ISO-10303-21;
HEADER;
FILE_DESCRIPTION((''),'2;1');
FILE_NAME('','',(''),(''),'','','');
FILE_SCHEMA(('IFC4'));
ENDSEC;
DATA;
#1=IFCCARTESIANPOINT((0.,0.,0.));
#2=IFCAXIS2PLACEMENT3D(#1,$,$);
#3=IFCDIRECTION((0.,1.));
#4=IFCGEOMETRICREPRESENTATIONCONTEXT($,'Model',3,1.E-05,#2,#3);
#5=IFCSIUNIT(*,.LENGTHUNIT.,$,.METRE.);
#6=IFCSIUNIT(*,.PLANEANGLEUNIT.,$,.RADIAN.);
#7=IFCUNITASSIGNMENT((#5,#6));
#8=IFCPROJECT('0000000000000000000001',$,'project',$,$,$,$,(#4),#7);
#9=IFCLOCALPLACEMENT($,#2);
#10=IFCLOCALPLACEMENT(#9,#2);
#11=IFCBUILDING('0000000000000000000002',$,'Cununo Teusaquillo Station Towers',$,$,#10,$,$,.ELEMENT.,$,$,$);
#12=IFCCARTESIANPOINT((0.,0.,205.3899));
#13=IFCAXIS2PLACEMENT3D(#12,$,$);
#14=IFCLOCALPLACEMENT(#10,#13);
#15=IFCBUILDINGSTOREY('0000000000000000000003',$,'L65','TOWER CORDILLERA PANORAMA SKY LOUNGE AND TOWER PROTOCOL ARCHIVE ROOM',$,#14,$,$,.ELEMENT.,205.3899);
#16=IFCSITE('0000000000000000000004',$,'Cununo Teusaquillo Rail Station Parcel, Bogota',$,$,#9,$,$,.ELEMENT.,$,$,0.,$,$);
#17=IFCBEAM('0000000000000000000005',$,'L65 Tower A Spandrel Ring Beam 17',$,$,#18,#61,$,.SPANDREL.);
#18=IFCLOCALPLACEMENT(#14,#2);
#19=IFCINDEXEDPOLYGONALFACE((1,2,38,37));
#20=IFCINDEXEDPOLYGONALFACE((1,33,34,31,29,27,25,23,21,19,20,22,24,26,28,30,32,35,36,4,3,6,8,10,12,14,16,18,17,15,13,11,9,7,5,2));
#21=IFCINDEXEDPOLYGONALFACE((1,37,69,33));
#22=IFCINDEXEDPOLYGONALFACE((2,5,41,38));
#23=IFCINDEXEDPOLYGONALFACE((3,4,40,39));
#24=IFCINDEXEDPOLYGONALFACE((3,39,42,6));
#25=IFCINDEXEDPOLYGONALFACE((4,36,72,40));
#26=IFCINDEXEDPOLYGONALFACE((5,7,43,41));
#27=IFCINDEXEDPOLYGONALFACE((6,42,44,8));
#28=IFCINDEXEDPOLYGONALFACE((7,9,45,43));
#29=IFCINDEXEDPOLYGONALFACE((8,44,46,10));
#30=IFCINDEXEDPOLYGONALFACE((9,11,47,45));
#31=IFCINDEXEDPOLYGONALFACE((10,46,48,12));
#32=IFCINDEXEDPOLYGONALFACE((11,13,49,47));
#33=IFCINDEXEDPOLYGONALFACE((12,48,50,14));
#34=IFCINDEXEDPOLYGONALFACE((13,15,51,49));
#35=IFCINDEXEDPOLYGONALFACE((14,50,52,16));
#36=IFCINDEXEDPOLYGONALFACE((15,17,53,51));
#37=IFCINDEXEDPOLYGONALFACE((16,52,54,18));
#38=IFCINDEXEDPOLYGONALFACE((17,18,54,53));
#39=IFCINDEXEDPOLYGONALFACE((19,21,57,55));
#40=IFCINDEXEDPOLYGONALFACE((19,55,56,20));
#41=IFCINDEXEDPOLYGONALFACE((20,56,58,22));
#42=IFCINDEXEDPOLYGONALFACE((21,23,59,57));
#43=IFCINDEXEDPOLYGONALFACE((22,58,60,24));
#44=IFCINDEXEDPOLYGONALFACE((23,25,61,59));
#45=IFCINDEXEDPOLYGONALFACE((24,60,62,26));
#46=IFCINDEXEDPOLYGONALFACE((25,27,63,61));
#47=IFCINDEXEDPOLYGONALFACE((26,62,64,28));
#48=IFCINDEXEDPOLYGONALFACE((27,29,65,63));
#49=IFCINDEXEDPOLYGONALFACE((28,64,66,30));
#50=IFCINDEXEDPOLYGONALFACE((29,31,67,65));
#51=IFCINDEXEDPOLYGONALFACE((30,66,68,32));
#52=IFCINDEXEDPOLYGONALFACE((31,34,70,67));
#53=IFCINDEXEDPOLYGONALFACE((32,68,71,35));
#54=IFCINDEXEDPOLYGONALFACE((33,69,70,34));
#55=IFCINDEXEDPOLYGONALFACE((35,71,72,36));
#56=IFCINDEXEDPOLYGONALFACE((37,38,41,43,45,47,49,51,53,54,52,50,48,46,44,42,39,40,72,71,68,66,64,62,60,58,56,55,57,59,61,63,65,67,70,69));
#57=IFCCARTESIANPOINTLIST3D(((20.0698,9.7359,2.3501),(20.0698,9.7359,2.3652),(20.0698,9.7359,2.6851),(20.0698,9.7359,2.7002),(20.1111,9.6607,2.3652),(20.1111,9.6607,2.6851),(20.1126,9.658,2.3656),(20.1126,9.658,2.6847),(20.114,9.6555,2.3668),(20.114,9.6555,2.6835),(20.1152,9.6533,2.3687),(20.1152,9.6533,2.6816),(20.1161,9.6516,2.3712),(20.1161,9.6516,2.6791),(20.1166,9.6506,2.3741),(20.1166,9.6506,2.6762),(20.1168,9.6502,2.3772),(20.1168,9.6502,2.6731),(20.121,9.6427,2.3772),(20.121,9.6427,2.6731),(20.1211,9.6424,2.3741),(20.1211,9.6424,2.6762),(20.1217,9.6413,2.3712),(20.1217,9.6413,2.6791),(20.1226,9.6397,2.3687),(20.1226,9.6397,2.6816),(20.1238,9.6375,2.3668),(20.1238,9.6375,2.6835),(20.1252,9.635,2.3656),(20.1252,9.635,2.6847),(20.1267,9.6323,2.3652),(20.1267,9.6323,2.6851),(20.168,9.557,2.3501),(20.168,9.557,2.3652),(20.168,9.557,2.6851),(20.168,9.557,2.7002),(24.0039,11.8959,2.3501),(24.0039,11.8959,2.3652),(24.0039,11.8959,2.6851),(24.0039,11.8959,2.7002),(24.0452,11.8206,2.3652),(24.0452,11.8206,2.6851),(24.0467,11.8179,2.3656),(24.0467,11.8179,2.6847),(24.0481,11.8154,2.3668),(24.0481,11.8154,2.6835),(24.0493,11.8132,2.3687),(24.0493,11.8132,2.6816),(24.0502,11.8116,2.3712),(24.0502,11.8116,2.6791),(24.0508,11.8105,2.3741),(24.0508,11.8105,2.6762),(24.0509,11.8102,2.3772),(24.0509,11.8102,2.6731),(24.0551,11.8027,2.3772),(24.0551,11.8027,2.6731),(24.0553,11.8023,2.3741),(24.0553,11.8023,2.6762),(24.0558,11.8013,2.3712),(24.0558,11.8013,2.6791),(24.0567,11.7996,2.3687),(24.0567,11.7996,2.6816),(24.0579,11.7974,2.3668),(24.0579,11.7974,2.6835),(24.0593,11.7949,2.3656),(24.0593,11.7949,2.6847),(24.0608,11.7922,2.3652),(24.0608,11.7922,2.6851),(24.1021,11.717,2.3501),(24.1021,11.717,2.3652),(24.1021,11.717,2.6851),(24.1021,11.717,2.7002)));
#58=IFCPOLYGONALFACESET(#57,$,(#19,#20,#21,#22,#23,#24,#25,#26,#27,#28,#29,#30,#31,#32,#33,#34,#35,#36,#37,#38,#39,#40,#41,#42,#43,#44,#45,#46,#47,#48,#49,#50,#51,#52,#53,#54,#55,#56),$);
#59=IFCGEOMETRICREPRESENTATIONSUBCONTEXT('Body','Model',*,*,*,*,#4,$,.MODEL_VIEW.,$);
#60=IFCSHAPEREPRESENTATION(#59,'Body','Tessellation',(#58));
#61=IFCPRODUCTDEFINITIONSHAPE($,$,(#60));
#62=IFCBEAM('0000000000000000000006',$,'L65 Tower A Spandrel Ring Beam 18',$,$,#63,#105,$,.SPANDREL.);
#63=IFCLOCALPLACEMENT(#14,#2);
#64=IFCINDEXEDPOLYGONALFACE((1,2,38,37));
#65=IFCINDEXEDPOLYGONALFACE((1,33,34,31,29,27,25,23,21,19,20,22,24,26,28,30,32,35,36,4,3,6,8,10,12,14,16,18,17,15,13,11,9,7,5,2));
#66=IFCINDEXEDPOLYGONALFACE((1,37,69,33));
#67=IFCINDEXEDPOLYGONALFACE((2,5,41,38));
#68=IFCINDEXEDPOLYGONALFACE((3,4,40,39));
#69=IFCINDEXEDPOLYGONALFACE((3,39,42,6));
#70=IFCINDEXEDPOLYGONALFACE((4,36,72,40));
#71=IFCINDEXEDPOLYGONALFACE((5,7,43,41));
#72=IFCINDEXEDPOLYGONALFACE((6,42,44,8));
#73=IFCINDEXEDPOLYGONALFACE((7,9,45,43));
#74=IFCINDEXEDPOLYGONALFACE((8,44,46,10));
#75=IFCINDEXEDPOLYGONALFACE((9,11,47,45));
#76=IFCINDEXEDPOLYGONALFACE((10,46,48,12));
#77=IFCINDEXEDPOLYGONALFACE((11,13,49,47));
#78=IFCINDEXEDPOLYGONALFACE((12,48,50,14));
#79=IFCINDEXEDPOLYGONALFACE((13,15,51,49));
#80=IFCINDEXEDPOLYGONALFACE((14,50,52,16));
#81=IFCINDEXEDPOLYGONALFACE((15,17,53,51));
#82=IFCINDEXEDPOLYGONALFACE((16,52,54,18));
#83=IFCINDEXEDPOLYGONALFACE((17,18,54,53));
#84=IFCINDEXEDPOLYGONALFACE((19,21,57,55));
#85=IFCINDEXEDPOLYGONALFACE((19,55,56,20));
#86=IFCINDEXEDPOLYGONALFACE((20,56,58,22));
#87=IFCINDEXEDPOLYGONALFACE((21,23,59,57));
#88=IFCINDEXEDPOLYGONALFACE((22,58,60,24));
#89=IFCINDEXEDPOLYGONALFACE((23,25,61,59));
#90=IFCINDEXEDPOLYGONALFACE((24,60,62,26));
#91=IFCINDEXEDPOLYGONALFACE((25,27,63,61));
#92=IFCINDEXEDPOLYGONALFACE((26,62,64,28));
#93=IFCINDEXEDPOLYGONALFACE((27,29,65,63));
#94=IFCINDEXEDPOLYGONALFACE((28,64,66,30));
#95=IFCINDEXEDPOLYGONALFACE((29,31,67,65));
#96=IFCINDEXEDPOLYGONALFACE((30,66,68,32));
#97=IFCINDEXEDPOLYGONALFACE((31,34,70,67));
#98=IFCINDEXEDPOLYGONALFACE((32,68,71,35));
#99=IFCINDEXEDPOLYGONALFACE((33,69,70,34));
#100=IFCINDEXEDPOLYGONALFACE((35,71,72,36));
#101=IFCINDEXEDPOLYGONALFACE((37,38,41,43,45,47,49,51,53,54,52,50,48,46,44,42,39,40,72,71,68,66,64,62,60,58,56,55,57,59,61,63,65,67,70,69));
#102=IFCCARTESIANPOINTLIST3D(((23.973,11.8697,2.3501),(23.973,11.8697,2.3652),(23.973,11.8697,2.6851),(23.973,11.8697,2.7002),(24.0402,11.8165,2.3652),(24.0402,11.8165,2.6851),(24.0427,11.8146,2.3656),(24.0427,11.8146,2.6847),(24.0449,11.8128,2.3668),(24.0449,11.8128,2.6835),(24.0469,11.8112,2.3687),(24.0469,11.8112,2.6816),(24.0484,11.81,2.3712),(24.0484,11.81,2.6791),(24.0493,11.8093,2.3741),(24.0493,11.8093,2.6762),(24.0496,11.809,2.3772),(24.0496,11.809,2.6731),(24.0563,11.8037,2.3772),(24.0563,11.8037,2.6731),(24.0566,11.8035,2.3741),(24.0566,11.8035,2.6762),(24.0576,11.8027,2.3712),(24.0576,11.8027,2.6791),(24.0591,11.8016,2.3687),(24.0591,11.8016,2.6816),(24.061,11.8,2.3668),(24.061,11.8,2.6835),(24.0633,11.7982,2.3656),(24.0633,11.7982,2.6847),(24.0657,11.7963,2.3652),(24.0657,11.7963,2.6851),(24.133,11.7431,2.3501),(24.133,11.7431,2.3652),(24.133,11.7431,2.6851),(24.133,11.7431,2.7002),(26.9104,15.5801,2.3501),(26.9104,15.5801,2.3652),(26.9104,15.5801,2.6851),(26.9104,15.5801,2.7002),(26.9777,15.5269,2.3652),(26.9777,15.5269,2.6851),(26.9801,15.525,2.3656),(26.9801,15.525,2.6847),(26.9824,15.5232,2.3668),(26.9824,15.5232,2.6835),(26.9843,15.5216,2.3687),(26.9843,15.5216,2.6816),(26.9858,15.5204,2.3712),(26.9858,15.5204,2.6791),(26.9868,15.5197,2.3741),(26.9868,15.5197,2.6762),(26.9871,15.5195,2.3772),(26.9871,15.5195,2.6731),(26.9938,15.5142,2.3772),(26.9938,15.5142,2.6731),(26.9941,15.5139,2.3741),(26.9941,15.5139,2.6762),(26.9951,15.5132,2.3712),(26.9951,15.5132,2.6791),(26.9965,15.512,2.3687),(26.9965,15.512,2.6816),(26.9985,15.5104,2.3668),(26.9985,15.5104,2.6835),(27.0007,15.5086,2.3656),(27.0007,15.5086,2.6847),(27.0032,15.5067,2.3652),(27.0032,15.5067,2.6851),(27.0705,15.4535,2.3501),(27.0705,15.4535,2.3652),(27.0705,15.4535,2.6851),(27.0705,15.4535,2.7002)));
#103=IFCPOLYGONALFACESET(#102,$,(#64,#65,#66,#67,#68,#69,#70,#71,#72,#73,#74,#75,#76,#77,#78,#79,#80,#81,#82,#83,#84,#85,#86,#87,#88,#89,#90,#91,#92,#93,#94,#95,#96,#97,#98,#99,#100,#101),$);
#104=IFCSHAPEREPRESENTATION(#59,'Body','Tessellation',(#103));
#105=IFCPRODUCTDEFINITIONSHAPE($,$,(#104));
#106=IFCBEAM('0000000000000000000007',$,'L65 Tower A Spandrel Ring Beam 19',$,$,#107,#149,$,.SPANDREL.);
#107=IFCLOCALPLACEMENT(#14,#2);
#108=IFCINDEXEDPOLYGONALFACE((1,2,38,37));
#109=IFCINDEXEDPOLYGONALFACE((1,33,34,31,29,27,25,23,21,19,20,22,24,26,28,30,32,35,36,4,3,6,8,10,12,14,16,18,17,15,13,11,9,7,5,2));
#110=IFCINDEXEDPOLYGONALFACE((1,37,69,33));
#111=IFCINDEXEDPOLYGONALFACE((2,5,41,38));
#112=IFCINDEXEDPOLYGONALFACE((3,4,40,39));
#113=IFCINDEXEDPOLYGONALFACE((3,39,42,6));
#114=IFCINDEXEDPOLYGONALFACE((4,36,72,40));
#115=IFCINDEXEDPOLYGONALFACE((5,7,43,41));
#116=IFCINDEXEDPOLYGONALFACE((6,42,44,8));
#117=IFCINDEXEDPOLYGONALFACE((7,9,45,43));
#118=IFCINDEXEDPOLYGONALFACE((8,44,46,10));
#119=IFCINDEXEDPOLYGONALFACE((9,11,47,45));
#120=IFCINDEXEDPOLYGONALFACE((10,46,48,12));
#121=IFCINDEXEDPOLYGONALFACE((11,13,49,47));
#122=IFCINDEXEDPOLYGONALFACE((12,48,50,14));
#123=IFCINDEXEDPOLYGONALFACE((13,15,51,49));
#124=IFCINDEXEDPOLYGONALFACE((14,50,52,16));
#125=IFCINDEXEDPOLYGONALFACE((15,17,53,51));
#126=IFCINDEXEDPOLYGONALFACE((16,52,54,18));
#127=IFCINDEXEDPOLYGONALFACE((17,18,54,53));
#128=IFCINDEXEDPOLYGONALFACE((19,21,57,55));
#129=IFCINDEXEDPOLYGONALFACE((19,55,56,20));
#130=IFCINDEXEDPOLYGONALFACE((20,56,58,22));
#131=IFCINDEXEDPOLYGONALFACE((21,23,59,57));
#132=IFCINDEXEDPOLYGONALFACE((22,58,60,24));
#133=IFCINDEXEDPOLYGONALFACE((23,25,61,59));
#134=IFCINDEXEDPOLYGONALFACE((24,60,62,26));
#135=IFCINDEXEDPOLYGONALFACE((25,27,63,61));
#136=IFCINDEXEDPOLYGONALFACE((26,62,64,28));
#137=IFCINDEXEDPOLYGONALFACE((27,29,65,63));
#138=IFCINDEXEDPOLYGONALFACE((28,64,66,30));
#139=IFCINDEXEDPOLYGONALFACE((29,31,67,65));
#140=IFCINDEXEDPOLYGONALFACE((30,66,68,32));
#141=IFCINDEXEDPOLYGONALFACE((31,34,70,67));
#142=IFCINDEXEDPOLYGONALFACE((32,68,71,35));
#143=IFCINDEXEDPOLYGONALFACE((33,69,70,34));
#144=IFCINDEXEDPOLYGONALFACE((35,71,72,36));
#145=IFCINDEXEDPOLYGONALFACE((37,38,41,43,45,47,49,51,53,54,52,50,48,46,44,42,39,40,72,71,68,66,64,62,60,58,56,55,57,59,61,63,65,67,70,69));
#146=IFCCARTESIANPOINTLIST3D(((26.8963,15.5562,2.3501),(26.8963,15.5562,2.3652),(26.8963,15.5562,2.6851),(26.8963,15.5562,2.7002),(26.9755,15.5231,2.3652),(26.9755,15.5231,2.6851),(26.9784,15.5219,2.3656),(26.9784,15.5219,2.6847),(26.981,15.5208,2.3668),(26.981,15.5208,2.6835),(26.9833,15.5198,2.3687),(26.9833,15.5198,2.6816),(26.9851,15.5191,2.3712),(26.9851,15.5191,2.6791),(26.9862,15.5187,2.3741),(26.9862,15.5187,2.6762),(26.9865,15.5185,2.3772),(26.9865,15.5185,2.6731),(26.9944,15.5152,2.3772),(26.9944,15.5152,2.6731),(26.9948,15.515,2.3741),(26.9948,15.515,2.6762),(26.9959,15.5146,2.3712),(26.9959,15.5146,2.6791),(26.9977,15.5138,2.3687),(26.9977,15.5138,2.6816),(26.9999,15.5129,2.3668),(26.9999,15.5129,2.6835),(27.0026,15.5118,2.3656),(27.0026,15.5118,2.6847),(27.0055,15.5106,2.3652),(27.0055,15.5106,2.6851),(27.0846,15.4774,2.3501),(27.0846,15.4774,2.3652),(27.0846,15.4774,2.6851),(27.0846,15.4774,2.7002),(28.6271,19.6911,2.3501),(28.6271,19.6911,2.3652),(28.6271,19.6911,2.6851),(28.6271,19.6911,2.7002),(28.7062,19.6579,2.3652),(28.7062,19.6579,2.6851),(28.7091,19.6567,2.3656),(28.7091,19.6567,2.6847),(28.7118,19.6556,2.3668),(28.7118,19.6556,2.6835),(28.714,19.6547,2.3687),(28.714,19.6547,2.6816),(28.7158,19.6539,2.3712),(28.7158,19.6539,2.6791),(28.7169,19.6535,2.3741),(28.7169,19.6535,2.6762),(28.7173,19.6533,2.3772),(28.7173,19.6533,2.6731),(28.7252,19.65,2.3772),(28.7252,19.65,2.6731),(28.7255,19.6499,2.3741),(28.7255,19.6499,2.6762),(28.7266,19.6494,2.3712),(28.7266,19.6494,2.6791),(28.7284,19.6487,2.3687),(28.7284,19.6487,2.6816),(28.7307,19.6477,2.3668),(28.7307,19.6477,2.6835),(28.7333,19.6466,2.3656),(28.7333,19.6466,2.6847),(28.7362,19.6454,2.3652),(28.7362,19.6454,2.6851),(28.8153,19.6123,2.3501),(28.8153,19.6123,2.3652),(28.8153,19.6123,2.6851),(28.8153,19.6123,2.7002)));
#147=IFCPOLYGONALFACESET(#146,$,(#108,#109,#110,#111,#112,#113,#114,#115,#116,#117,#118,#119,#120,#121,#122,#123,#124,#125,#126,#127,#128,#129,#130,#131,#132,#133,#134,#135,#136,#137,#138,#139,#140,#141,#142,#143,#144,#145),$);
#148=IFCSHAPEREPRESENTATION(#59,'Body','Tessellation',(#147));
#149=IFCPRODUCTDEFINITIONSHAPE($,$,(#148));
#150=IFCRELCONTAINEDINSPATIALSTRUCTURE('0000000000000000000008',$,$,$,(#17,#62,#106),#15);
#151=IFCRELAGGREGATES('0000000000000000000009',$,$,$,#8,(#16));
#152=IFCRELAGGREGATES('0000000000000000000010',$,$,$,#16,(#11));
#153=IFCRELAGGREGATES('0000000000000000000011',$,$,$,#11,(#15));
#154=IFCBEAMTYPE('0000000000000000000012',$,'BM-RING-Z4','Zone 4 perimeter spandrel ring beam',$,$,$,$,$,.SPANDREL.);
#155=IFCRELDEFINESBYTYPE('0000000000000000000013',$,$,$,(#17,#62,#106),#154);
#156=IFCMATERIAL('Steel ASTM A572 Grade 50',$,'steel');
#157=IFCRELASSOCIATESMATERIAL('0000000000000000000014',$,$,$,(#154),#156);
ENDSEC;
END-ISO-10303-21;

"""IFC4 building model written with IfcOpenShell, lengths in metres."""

from ifc_helpers import new_model, si_unit, direction, frame, origin, origin_2d, place, context, subcontext, project, spatial, i_section, extrude, material, material_profile, profile_set, type_object, element, save


model = new_model("IFC4")

# Units and contexts
model_context = context("Model", 3, precision=1e-05, world=origin(), true_north=direction((0.0, 1.0)))
body_context = subcontext(model_context, "Body", "Model", "MODEL_VIEW")
ifc_project = project(units=[si_unit("LENGTHUNIT", "METRE"), si_unit("PLANEANGLEUNIT", "RADIAN")], contexts=[model_context])

# Site, building, storey
site_placement = place(None, origin())
site = spatial("IfcSite", under=ifc_project, at=site_placement, Name="Cununo Teusaquillo Rail Station Parcel, Bogota", CompositionType="ELEMENT", RefElevation=0.0)
building_placement = place(site_placement, origin())
building = spatial("IfcBuilding", under=site, at=building_placement, Name="Cununo Teusaquillo Station Towers", CompositionType="ELEMENT")
storey_placement = place(building_placement, frame((0.0, 0.0, 205.3899)))
storey = spatial("IfcBuildingStorey", under=building, at=storey_placement, Name="L65", Description="TOWER CORDILLERA PANORAMA SKY LOUNGE AND TOWER PROTOCOL ARCHIVE ROOM", CompositionType="ELEMENT", Elevation=205.3899)

# Beams
ifc_material_1 = material(Name="Steel ASTM A572 Grade 50", Category="steel")
ifc_material_profile_1 = material_profile(ifc_material_1, i_section(OverallWidth=0.2041, OverallDepth=0.3501, WebThickness=0.0085, FlangeThickness=0.0151, FilletRadius=0.012, at=origin_2d()), Name="W14X48")
ifc_profile_set_1 = profile_set([ifc_material_profile_1], Name="Steel ASTM A572 Grade 50")
beam_type_1 = type_object("IfcBeamType", Name="BM-RING-Z4", Description="Zone 4 perimeter spandrel ring beam", PredefinedType="SPANDREL", material=ifc_profile_set_1)
beam_1_placement = place(storey_placement, frame((20.1189, 9.6465, 2.5251), z_axis=(0.876576, 0.481263, 0.0), x_axis=(-0.481263, 0.876576, 0.0)))
element("IfcBeam", 1, at=beam_1_placement, inside=storey, type_object=beam_type_1, Name="L65 Tower A Spandrel Ring Beam 17", PredefinedType="SPANDREL", context=body_context, shape_type="SweptSolid", body=[
    extrude(i_section(OverallWidth=0.2041, OverallDepth=0.3501, WebThickness=0.0085, FlangeThickness=0.0151, FilletRadius=0.012, at=origin_2d()), origin(), (0.0, 0.0, 1.0), 4.488),
])
beam_2_placement = place(storey_placement, frame((24.053, 11.8064, 2.5251), z_axis=(0.620711, 0.78404, 0.0), x_axis=(-0.78404, 0.620711, 0.0)))
element("IfcBeam", 2, at=beam_2_placement, inside=storey, type_object=beam_type_1, Name="L65 Tower A Spandrel Ring Beam 18", PredefinedType="SPANDREL", context=body_context, shape_type="SweptSolid", body=[
    extrude(i_section(OverallWidth=0.2041, OverallDepth=0.3501, WebThickness=0.0085, FlangeThickness=0.0151, FilletRadius=0.012, at=origin_2d()), origin(), (0.0, 0.0, 1.0), 4.7324),
])
beam_3_placement = place(storey_placement, frame((26.9905, 15.5168, 2.5251), z_axis=(0.386115, 0.92245, 0.0), x_axis=(-0.92245, 0.386115, 0.0)))
element("IfcBeam", 3, at=beam_3_placement, inside=storey, type_object=beam_type_1, Name="L65 Tower A Spandrel Ring Beam 19", PredefinedType="SPANDREL", context=body_context, shape_type="SweptSolid", body=[
    extrude(i_section(OverallWidth=0.2041, OverallDepth=0.3501, WebThickness=0.0085, FlangeThickness=0.0151, FilletRadius=0.012, at=origin_2d()), origin(), (0.0, 0.0, 1.0), 4.4824),
])

save(model, "model.ifc")
